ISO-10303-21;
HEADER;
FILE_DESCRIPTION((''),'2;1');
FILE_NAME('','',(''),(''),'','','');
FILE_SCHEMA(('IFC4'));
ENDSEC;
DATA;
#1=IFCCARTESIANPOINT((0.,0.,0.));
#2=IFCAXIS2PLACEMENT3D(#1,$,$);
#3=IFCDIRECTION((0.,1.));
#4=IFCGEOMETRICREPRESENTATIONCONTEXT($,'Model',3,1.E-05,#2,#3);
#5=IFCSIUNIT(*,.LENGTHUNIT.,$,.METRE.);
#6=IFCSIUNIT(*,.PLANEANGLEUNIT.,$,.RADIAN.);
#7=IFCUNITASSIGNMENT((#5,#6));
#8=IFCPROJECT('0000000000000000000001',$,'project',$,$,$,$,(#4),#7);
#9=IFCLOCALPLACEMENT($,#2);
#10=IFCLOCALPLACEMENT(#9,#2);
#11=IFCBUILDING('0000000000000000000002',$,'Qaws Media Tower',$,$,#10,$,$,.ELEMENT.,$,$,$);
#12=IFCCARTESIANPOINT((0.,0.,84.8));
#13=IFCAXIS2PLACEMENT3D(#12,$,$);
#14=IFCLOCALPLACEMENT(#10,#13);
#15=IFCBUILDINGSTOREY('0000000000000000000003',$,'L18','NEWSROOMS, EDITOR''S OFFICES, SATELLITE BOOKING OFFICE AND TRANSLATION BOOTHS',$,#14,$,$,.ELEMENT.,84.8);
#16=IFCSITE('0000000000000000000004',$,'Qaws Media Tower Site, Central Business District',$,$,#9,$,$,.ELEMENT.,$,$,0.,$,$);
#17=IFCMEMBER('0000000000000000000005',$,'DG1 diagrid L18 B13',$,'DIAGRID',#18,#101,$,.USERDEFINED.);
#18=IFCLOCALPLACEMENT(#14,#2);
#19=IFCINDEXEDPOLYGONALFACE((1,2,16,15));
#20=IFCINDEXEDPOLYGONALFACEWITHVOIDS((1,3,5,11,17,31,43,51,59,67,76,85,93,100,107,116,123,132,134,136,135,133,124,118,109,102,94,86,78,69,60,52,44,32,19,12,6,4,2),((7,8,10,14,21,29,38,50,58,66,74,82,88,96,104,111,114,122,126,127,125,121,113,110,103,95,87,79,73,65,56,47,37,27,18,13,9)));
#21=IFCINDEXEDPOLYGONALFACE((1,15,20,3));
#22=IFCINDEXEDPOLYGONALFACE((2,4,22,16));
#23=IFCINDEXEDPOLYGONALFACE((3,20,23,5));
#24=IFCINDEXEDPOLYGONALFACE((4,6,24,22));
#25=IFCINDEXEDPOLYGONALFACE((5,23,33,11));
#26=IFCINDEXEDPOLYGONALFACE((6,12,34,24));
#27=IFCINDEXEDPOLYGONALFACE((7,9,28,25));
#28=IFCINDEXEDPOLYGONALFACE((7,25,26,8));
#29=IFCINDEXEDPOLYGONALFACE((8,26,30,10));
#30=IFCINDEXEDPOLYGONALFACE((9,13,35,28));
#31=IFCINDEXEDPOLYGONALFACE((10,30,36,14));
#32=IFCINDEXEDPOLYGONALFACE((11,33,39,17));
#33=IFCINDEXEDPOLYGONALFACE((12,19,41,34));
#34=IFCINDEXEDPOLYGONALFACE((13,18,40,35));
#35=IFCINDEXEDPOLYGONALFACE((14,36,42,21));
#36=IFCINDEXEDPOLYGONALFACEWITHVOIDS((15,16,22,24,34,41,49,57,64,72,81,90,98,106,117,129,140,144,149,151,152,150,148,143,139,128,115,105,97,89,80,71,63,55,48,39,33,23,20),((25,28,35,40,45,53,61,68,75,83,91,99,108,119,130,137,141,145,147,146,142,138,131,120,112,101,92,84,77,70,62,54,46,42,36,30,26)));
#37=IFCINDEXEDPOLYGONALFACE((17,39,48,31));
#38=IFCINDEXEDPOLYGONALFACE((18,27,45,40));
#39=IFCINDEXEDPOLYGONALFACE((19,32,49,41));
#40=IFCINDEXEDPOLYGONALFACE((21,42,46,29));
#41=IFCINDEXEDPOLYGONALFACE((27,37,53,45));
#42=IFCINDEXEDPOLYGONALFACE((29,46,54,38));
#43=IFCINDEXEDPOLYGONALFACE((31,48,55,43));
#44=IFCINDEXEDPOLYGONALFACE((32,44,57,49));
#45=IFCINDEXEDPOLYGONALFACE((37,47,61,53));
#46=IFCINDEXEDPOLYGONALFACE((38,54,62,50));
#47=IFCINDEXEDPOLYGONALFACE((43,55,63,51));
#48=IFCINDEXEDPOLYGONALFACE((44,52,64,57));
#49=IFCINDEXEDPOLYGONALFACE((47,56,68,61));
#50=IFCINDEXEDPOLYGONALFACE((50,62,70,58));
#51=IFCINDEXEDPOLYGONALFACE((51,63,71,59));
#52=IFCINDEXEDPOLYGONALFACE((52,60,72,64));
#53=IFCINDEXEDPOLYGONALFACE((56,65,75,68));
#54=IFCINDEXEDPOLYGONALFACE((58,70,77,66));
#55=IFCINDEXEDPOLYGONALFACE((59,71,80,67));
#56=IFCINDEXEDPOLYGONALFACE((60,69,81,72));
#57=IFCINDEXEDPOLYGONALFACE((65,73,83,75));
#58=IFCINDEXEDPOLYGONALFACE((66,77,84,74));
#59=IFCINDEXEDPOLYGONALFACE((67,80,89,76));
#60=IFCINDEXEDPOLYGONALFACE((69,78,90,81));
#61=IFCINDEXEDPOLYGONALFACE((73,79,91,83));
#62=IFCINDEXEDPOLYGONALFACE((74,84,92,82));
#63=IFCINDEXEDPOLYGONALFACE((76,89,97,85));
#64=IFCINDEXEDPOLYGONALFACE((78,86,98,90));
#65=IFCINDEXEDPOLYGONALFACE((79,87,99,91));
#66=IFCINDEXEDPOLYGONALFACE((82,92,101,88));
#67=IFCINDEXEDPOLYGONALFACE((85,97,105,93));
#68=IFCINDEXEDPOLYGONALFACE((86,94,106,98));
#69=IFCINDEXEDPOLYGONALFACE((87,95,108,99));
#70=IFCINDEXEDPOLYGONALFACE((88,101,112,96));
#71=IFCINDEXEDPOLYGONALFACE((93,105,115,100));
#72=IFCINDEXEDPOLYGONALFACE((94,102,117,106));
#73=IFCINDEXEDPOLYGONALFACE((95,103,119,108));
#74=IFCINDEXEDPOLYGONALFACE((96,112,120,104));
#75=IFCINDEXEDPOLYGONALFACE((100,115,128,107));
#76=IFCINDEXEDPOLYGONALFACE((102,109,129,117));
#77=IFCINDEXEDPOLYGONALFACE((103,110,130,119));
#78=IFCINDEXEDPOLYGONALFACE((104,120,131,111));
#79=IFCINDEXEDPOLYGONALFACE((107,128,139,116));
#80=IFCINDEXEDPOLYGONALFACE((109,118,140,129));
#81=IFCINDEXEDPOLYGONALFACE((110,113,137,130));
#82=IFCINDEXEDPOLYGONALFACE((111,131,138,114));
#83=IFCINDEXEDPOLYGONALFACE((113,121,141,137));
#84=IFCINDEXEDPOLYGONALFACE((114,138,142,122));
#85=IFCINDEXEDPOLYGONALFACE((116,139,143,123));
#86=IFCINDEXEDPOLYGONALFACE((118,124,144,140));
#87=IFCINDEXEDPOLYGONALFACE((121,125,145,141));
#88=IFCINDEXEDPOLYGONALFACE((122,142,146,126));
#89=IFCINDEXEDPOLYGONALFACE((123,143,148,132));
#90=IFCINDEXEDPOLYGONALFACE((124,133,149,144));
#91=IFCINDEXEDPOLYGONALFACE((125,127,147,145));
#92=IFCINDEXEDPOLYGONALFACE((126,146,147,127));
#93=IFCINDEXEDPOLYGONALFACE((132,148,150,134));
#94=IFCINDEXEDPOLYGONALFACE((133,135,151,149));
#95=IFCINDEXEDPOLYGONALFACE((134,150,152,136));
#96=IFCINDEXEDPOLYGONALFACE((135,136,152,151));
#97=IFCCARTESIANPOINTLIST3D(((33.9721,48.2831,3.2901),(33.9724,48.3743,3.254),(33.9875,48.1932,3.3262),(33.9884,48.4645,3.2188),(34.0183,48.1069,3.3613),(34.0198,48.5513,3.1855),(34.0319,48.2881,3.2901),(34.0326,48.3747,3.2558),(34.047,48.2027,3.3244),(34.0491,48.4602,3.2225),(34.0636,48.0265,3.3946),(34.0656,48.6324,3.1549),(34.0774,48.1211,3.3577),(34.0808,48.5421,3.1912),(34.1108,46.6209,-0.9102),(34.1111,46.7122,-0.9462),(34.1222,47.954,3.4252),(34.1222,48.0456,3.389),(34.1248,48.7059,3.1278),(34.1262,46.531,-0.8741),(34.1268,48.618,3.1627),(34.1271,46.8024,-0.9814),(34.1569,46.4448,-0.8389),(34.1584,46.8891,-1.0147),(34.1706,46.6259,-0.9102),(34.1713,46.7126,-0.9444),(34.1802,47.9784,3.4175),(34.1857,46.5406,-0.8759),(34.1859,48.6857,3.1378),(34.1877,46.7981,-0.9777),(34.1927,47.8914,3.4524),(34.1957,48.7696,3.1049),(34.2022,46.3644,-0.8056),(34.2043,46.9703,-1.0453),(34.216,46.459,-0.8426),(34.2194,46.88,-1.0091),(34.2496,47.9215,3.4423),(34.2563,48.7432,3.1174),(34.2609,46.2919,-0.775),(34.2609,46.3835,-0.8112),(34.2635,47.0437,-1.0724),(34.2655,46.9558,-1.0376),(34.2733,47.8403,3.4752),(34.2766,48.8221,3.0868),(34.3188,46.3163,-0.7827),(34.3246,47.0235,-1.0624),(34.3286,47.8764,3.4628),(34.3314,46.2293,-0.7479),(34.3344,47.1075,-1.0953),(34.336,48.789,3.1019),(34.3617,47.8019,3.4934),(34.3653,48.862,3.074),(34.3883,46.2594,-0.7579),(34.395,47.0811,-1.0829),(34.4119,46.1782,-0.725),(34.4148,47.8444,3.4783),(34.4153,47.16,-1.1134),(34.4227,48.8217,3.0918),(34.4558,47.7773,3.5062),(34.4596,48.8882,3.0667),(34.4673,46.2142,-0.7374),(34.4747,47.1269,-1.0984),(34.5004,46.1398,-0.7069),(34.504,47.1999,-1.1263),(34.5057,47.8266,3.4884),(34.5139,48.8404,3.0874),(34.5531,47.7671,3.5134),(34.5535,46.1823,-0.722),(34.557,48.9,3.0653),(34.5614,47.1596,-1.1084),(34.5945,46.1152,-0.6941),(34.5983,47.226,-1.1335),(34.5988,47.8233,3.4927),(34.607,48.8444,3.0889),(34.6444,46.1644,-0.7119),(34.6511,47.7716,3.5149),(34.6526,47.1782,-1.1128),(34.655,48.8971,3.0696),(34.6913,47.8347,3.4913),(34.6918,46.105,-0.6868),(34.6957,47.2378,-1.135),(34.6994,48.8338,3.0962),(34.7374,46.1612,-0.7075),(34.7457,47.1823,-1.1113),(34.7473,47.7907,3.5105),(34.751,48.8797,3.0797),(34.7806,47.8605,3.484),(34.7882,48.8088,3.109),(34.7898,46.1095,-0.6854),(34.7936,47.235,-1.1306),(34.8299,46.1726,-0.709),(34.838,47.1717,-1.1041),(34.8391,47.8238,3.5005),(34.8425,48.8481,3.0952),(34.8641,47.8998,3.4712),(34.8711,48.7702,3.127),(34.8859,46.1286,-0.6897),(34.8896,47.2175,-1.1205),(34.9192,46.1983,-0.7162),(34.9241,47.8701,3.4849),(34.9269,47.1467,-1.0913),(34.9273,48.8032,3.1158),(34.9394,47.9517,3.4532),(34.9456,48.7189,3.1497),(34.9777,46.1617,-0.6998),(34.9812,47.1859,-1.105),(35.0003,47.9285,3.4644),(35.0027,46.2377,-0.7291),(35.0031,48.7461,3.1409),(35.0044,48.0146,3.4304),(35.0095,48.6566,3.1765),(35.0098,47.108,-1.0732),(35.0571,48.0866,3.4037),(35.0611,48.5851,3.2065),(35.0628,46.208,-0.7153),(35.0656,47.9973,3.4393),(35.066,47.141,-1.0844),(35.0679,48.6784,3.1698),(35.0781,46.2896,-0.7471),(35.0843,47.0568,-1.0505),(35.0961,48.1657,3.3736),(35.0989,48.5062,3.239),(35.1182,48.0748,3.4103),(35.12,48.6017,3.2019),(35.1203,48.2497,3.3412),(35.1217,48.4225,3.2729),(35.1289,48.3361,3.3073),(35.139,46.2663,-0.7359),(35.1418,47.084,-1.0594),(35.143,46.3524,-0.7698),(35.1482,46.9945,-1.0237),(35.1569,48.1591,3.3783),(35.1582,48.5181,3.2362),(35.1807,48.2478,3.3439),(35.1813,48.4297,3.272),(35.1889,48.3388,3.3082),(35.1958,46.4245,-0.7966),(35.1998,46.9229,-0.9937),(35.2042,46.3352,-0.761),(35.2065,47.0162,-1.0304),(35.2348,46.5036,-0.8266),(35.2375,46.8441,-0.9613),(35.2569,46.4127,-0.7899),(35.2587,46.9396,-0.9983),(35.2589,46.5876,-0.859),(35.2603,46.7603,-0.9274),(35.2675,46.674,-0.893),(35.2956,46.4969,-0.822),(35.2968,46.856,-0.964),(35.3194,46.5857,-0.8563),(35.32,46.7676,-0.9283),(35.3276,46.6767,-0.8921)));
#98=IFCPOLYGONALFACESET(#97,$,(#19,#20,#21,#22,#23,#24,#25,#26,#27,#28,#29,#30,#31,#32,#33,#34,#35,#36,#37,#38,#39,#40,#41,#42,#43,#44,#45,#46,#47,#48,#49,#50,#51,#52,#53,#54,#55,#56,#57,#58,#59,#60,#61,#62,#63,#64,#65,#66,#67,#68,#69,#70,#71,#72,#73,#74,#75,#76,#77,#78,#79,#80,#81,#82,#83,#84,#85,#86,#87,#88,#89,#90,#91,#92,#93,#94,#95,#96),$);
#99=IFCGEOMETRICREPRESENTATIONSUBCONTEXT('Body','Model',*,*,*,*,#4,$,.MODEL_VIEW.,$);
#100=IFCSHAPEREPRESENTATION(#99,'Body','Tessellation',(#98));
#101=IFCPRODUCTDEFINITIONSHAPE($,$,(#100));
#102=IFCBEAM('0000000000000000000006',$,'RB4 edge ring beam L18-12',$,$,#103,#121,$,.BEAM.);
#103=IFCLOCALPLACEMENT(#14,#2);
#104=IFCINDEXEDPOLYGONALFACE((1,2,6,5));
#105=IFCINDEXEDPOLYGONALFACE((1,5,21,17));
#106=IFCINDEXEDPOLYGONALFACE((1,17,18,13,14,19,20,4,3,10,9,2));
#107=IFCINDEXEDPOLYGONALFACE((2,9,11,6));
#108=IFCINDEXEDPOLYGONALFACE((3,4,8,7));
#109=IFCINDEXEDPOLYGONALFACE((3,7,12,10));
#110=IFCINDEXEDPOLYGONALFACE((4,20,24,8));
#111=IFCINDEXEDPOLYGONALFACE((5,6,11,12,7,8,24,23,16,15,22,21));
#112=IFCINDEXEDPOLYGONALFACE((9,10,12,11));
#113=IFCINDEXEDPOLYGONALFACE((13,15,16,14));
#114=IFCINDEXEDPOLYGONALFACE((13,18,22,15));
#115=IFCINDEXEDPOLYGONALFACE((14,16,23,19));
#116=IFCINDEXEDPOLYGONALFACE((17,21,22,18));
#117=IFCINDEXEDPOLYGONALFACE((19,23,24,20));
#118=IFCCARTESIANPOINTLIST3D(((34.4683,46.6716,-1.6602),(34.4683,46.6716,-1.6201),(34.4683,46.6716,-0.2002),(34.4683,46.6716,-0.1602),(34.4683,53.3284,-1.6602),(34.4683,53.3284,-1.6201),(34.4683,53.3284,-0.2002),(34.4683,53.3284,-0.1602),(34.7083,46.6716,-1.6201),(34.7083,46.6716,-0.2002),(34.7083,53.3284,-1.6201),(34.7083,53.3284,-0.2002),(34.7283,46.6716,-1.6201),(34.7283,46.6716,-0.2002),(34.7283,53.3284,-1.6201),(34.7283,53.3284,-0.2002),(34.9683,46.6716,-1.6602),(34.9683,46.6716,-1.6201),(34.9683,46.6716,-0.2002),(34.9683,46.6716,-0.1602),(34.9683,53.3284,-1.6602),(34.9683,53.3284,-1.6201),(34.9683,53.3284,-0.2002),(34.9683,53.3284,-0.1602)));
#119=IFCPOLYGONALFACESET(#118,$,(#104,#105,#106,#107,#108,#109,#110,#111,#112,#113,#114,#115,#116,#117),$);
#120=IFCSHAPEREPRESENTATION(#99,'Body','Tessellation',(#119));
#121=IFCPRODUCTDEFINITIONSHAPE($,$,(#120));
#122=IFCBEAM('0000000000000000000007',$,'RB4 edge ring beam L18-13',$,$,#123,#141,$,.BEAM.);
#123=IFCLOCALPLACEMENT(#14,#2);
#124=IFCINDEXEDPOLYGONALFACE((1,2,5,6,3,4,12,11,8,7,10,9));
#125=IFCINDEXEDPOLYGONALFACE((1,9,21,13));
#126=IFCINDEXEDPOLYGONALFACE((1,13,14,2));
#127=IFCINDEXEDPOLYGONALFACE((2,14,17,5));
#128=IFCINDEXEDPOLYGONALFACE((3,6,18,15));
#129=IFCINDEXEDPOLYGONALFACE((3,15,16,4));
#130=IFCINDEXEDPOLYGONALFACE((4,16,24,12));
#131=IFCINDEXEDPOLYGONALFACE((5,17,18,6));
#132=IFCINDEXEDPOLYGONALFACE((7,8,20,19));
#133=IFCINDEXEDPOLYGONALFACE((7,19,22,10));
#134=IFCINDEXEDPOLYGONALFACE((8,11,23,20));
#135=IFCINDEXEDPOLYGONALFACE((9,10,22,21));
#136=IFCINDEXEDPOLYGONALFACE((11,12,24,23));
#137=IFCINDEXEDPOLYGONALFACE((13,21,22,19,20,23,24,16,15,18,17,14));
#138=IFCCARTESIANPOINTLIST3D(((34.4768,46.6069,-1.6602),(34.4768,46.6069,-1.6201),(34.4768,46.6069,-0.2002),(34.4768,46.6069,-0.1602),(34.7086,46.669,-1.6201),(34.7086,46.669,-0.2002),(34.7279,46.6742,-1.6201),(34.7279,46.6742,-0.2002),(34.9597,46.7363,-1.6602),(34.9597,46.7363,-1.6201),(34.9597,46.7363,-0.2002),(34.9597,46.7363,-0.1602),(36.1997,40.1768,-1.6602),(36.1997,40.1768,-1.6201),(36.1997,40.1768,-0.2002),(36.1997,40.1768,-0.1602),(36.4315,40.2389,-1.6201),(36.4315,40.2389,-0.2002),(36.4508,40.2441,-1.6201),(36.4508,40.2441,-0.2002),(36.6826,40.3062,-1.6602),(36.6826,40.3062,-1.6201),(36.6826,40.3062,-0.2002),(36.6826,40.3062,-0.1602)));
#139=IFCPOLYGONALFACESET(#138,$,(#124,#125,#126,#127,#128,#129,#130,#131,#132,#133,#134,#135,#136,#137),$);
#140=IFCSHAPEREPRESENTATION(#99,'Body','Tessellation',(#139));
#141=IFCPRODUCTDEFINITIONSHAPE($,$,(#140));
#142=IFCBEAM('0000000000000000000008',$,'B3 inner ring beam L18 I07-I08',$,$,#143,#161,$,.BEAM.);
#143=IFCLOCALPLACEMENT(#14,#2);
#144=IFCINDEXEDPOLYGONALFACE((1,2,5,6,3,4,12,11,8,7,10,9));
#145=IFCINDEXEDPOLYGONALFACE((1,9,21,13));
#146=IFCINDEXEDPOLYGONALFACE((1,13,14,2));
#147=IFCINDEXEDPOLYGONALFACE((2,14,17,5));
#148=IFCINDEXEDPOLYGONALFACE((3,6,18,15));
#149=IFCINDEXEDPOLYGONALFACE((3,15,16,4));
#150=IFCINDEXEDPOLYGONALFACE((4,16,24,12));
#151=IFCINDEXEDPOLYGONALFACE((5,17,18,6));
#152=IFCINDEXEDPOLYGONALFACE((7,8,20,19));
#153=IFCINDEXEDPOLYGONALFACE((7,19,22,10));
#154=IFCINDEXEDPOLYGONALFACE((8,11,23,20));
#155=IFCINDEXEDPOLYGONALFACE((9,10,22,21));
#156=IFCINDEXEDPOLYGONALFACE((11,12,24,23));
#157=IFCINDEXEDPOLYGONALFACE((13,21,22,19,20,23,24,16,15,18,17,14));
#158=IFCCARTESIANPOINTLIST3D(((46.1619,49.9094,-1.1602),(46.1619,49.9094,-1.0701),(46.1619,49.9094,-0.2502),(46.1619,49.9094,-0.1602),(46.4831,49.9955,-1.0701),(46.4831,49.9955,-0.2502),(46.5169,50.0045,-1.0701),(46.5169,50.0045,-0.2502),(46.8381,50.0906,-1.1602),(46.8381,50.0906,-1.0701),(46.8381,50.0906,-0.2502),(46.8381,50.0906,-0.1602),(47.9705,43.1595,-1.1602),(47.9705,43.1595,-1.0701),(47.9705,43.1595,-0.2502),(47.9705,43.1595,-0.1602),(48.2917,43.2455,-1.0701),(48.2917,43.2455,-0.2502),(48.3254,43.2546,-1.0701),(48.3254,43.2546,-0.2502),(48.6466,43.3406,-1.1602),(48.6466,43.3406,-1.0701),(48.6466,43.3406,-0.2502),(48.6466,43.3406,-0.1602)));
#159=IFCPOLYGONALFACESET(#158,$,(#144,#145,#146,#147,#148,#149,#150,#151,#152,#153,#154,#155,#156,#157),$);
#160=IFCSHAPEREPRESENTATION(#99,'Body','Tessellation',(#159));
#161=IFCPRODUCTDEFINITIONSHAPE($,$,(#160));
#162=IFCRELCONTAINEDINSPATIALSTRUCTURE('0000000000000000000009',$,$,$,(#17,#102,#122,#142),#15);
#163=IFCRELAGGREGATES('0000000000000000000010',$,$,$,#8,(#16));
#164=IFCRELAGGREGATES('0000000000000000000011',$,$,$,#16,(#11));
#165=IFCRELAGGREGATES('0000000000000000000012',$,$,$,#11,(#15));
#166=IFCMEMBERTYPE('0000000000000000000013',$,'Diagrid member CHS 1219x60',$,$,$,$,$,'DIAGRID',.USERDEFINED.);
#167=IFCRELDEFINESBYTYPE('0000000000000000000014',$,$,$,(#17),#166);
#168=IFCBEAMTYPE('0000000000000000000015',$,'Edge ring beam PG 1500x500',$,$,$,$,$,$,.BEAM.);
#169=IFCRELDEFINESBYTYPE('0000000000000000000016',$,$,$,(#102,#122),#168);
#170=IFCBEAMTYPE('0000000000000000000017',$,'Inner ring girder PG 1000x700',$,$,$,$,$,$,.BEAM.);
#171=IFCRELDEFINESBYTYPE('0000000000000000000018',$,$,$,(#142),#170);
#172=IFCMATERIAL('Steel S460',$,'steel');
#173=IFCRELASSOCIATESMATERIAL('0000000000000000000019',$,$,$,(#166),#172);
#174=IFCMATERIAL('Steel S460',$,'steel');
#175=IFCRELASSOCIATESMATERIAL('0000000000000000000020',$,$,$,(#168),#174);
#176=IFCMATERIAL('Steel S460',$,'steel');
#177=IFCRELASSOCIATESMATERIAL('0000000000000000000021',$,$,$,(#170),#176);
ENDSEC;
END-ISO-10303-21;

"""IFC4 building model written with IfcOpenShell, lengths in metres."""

from ifc_helpers import new_model, si_unit, direction, frame, origin, origin_2d, place, context, subcontext, project, spatial, hollow_circle, i_section, extrude, material, material_profile, profile_set, type_object, element, save


model = new_model("IFC4")

# Units and contexts
model_context = context("Model", 3, precision=1e-05, world=origin(), true_north=direction((0.0, 1.0)))
body_context = subcontext(model_context, "Body", "Model", "MODEL_VIEW")
ifc_project = project(units=[si_unit("LENGTHUNIT", "METRE"), si_unit("PLANEANGLEUNIT", "RADIAN")], contexts=[model_context])

# Site, building, storey
site_placement = place(None, origin())
site = spatial("IfcSite", under=ifc_project, at=site_placement, Name="Qaws Media Tower Site, Central Business District", CompositionType="ELEMENT", RefElevation=0.0)
building_placement = place(site_placement, origin())
building = spatial("IfcBuilding", under=site, at=building_placement, Name="Qaws Media Tower", CompositionType="ELEMENT")
storey_placement = place(building_placement, frame((0.0, 0.0, 84.8)))
storey = spatial("IfcBuildingStorey", under=building, at=storey_placement, Name="L18", Description="NEWSROOMS, EDITOR'S OFFICES, SATELLITE BOOKING OFFICE AND TRANSLATION BOOTHS", CompositionType="ELEMENT", Elevation=84.8)

# Member
ifc_material_1 = material(Name="Steel S460", Category="steel")
ifc_material_profile_1 = material_profile(ifc_material_1, hollow_circle(Radius=0.6096, WallThickness=0.0601, at=origin_2d()), Name="CHS 1219x60")
ifc_profile_set_1 = profile_set([ifc_material_profile_1], Name="Steel S460")
member_type_1 = type_object("IfcMemberType", Name="Diagrid member CHS 1219x60", ElementType="DIAGRID", PredefinedType="USERDEFINED", material=ifc_profile_set_1)
for number, where, z_axis, x_axis, name in (
    (1, (34.7183, 46.6716, -0.9102), (-0.030685, 0.367786, 0.929404), (-0.996538, -0.083142, 0.0), "DG1 diagrid L18 B13"),
):
    element("IfcMember", number, at=place(storey_placement, frame(where, z_axis=z_axis, x_axis=x_axis)), inside=storey, type_object=member_type_1, Name=name, ObjectType="DIAGRID", PredefinedType="USERDEFINED", context=body_context, shape_type="SweptSolid", body=[
        extrude(hollow_circle(Radius=0.6096, WallThickness=0.0601, at=origin_2d()), origin(), (0.0, 0.0, 1.0), 4.5193),
    ])

# Beams
ifc_material_2 = material(Name="Steel S460", Category="steel")
ifc_material_profile_2 = material_profile(ifc_material_2, i_section(OverallWidth=0.5, OverallDepth=1.5, WebThickness=0.02, FlangeThickness=0.04, at=origin_2d()), Name="PG 1500x500")
ifc_profile_set_2 = profile_set([ifc_material_profile_2], Name="Steel S460")
beam_type_1 = type_object("IfcBeamType", Name="Edge ring beam PG 1500x500", PredefinedType="BEAM", material=ifc_profile_set_2)
beam_1_placement = place(storey_placement, frame((34.7183, 53.3284, -0.9102), z_axis=(0.0, -1.0, 0.0), x_axis=(1.0, 0.0, 0.0)))
element("IfcBeam", 2, at=beam_1_placement, inside=storey, type_object=beam_type_1, Name="RB4 edge ring beam L18-12", PredefinedType="BEAM", context=body_context, shape_type="SweptSolid", body=[
    extrude(i_section(OverallWidth=0.5, OverallDepth=1.5, WebThickness=0.02, FlangeThickness=0.04, at=origin_2d()), origin(), (0.0, 0.0, 1.0), 6.6567),
])
beam_2_placement = place(storey_placement, frame((34.7183, 46.6716, -0.9102), z_axis=(0.258811, -0.965928, 0.0), x_axis=(0.965928, 0.258811, 0.0)))
element("IfcBeam", 3, at=beam_2_placement, inside=storey, type_object=beam_type_1, Name="RB4 edge ring beam L18-13", PredefinedType="BEAM", context=body_context, shape_type="SweptSolid", body=[
    extrude(i_section(OverallWidth=0.5, OverallDepth=1.5, WebThickness=0.02, FlangeThickness=0.04, at=origin_2d()), origin(), (0.0, 0.0, 1.0), 6.657),
])
ifc_material_3 = material(Name="Steel S460", Category="steel")
ifc_material_profile_3 = material_profile(ifc_material_3, i_section(OverallWidth=0.7, OverallDepth=1.0, WebThickness=0.0349, FlangeThickness=0.0901, at=origin_2d()), Name="PG 1000x700")
ifc_profile_set_3 = profile_set([ifc_material_profile_3], Name="Steel S460")
beam_type_2 = type_object("IfcBeamType", Name="Inner ring girder PG 1000x700", PredefinedType="BEAM", material=ifc_profile_set_3)
beam_3_placement = place(storey_placement, frame((46.5, 50.0, -0.6602), z_axis=(0.258811, -0.965928, 0.0), x_axis=(0.965928, 0.258811, 0.0)))
element("IfcBeam", 4, at=beam_3_placement, inside=storey, type_object=beam_type_2, Name="B3 inner ring beam L18 I07-I08", PredefinedType="BEAM", context=body_context, shape_type="SweptSolid", body=[
    extrude(i_section(OverallWidth=0.7, OverallDepth=1.0, WebThickness=0.0349, FlangeThickness=0.0901, at=origin_2d()), origin(), (0.0, 0.0, 1.0), 6.988),
])

save(model, "model.ifc")
